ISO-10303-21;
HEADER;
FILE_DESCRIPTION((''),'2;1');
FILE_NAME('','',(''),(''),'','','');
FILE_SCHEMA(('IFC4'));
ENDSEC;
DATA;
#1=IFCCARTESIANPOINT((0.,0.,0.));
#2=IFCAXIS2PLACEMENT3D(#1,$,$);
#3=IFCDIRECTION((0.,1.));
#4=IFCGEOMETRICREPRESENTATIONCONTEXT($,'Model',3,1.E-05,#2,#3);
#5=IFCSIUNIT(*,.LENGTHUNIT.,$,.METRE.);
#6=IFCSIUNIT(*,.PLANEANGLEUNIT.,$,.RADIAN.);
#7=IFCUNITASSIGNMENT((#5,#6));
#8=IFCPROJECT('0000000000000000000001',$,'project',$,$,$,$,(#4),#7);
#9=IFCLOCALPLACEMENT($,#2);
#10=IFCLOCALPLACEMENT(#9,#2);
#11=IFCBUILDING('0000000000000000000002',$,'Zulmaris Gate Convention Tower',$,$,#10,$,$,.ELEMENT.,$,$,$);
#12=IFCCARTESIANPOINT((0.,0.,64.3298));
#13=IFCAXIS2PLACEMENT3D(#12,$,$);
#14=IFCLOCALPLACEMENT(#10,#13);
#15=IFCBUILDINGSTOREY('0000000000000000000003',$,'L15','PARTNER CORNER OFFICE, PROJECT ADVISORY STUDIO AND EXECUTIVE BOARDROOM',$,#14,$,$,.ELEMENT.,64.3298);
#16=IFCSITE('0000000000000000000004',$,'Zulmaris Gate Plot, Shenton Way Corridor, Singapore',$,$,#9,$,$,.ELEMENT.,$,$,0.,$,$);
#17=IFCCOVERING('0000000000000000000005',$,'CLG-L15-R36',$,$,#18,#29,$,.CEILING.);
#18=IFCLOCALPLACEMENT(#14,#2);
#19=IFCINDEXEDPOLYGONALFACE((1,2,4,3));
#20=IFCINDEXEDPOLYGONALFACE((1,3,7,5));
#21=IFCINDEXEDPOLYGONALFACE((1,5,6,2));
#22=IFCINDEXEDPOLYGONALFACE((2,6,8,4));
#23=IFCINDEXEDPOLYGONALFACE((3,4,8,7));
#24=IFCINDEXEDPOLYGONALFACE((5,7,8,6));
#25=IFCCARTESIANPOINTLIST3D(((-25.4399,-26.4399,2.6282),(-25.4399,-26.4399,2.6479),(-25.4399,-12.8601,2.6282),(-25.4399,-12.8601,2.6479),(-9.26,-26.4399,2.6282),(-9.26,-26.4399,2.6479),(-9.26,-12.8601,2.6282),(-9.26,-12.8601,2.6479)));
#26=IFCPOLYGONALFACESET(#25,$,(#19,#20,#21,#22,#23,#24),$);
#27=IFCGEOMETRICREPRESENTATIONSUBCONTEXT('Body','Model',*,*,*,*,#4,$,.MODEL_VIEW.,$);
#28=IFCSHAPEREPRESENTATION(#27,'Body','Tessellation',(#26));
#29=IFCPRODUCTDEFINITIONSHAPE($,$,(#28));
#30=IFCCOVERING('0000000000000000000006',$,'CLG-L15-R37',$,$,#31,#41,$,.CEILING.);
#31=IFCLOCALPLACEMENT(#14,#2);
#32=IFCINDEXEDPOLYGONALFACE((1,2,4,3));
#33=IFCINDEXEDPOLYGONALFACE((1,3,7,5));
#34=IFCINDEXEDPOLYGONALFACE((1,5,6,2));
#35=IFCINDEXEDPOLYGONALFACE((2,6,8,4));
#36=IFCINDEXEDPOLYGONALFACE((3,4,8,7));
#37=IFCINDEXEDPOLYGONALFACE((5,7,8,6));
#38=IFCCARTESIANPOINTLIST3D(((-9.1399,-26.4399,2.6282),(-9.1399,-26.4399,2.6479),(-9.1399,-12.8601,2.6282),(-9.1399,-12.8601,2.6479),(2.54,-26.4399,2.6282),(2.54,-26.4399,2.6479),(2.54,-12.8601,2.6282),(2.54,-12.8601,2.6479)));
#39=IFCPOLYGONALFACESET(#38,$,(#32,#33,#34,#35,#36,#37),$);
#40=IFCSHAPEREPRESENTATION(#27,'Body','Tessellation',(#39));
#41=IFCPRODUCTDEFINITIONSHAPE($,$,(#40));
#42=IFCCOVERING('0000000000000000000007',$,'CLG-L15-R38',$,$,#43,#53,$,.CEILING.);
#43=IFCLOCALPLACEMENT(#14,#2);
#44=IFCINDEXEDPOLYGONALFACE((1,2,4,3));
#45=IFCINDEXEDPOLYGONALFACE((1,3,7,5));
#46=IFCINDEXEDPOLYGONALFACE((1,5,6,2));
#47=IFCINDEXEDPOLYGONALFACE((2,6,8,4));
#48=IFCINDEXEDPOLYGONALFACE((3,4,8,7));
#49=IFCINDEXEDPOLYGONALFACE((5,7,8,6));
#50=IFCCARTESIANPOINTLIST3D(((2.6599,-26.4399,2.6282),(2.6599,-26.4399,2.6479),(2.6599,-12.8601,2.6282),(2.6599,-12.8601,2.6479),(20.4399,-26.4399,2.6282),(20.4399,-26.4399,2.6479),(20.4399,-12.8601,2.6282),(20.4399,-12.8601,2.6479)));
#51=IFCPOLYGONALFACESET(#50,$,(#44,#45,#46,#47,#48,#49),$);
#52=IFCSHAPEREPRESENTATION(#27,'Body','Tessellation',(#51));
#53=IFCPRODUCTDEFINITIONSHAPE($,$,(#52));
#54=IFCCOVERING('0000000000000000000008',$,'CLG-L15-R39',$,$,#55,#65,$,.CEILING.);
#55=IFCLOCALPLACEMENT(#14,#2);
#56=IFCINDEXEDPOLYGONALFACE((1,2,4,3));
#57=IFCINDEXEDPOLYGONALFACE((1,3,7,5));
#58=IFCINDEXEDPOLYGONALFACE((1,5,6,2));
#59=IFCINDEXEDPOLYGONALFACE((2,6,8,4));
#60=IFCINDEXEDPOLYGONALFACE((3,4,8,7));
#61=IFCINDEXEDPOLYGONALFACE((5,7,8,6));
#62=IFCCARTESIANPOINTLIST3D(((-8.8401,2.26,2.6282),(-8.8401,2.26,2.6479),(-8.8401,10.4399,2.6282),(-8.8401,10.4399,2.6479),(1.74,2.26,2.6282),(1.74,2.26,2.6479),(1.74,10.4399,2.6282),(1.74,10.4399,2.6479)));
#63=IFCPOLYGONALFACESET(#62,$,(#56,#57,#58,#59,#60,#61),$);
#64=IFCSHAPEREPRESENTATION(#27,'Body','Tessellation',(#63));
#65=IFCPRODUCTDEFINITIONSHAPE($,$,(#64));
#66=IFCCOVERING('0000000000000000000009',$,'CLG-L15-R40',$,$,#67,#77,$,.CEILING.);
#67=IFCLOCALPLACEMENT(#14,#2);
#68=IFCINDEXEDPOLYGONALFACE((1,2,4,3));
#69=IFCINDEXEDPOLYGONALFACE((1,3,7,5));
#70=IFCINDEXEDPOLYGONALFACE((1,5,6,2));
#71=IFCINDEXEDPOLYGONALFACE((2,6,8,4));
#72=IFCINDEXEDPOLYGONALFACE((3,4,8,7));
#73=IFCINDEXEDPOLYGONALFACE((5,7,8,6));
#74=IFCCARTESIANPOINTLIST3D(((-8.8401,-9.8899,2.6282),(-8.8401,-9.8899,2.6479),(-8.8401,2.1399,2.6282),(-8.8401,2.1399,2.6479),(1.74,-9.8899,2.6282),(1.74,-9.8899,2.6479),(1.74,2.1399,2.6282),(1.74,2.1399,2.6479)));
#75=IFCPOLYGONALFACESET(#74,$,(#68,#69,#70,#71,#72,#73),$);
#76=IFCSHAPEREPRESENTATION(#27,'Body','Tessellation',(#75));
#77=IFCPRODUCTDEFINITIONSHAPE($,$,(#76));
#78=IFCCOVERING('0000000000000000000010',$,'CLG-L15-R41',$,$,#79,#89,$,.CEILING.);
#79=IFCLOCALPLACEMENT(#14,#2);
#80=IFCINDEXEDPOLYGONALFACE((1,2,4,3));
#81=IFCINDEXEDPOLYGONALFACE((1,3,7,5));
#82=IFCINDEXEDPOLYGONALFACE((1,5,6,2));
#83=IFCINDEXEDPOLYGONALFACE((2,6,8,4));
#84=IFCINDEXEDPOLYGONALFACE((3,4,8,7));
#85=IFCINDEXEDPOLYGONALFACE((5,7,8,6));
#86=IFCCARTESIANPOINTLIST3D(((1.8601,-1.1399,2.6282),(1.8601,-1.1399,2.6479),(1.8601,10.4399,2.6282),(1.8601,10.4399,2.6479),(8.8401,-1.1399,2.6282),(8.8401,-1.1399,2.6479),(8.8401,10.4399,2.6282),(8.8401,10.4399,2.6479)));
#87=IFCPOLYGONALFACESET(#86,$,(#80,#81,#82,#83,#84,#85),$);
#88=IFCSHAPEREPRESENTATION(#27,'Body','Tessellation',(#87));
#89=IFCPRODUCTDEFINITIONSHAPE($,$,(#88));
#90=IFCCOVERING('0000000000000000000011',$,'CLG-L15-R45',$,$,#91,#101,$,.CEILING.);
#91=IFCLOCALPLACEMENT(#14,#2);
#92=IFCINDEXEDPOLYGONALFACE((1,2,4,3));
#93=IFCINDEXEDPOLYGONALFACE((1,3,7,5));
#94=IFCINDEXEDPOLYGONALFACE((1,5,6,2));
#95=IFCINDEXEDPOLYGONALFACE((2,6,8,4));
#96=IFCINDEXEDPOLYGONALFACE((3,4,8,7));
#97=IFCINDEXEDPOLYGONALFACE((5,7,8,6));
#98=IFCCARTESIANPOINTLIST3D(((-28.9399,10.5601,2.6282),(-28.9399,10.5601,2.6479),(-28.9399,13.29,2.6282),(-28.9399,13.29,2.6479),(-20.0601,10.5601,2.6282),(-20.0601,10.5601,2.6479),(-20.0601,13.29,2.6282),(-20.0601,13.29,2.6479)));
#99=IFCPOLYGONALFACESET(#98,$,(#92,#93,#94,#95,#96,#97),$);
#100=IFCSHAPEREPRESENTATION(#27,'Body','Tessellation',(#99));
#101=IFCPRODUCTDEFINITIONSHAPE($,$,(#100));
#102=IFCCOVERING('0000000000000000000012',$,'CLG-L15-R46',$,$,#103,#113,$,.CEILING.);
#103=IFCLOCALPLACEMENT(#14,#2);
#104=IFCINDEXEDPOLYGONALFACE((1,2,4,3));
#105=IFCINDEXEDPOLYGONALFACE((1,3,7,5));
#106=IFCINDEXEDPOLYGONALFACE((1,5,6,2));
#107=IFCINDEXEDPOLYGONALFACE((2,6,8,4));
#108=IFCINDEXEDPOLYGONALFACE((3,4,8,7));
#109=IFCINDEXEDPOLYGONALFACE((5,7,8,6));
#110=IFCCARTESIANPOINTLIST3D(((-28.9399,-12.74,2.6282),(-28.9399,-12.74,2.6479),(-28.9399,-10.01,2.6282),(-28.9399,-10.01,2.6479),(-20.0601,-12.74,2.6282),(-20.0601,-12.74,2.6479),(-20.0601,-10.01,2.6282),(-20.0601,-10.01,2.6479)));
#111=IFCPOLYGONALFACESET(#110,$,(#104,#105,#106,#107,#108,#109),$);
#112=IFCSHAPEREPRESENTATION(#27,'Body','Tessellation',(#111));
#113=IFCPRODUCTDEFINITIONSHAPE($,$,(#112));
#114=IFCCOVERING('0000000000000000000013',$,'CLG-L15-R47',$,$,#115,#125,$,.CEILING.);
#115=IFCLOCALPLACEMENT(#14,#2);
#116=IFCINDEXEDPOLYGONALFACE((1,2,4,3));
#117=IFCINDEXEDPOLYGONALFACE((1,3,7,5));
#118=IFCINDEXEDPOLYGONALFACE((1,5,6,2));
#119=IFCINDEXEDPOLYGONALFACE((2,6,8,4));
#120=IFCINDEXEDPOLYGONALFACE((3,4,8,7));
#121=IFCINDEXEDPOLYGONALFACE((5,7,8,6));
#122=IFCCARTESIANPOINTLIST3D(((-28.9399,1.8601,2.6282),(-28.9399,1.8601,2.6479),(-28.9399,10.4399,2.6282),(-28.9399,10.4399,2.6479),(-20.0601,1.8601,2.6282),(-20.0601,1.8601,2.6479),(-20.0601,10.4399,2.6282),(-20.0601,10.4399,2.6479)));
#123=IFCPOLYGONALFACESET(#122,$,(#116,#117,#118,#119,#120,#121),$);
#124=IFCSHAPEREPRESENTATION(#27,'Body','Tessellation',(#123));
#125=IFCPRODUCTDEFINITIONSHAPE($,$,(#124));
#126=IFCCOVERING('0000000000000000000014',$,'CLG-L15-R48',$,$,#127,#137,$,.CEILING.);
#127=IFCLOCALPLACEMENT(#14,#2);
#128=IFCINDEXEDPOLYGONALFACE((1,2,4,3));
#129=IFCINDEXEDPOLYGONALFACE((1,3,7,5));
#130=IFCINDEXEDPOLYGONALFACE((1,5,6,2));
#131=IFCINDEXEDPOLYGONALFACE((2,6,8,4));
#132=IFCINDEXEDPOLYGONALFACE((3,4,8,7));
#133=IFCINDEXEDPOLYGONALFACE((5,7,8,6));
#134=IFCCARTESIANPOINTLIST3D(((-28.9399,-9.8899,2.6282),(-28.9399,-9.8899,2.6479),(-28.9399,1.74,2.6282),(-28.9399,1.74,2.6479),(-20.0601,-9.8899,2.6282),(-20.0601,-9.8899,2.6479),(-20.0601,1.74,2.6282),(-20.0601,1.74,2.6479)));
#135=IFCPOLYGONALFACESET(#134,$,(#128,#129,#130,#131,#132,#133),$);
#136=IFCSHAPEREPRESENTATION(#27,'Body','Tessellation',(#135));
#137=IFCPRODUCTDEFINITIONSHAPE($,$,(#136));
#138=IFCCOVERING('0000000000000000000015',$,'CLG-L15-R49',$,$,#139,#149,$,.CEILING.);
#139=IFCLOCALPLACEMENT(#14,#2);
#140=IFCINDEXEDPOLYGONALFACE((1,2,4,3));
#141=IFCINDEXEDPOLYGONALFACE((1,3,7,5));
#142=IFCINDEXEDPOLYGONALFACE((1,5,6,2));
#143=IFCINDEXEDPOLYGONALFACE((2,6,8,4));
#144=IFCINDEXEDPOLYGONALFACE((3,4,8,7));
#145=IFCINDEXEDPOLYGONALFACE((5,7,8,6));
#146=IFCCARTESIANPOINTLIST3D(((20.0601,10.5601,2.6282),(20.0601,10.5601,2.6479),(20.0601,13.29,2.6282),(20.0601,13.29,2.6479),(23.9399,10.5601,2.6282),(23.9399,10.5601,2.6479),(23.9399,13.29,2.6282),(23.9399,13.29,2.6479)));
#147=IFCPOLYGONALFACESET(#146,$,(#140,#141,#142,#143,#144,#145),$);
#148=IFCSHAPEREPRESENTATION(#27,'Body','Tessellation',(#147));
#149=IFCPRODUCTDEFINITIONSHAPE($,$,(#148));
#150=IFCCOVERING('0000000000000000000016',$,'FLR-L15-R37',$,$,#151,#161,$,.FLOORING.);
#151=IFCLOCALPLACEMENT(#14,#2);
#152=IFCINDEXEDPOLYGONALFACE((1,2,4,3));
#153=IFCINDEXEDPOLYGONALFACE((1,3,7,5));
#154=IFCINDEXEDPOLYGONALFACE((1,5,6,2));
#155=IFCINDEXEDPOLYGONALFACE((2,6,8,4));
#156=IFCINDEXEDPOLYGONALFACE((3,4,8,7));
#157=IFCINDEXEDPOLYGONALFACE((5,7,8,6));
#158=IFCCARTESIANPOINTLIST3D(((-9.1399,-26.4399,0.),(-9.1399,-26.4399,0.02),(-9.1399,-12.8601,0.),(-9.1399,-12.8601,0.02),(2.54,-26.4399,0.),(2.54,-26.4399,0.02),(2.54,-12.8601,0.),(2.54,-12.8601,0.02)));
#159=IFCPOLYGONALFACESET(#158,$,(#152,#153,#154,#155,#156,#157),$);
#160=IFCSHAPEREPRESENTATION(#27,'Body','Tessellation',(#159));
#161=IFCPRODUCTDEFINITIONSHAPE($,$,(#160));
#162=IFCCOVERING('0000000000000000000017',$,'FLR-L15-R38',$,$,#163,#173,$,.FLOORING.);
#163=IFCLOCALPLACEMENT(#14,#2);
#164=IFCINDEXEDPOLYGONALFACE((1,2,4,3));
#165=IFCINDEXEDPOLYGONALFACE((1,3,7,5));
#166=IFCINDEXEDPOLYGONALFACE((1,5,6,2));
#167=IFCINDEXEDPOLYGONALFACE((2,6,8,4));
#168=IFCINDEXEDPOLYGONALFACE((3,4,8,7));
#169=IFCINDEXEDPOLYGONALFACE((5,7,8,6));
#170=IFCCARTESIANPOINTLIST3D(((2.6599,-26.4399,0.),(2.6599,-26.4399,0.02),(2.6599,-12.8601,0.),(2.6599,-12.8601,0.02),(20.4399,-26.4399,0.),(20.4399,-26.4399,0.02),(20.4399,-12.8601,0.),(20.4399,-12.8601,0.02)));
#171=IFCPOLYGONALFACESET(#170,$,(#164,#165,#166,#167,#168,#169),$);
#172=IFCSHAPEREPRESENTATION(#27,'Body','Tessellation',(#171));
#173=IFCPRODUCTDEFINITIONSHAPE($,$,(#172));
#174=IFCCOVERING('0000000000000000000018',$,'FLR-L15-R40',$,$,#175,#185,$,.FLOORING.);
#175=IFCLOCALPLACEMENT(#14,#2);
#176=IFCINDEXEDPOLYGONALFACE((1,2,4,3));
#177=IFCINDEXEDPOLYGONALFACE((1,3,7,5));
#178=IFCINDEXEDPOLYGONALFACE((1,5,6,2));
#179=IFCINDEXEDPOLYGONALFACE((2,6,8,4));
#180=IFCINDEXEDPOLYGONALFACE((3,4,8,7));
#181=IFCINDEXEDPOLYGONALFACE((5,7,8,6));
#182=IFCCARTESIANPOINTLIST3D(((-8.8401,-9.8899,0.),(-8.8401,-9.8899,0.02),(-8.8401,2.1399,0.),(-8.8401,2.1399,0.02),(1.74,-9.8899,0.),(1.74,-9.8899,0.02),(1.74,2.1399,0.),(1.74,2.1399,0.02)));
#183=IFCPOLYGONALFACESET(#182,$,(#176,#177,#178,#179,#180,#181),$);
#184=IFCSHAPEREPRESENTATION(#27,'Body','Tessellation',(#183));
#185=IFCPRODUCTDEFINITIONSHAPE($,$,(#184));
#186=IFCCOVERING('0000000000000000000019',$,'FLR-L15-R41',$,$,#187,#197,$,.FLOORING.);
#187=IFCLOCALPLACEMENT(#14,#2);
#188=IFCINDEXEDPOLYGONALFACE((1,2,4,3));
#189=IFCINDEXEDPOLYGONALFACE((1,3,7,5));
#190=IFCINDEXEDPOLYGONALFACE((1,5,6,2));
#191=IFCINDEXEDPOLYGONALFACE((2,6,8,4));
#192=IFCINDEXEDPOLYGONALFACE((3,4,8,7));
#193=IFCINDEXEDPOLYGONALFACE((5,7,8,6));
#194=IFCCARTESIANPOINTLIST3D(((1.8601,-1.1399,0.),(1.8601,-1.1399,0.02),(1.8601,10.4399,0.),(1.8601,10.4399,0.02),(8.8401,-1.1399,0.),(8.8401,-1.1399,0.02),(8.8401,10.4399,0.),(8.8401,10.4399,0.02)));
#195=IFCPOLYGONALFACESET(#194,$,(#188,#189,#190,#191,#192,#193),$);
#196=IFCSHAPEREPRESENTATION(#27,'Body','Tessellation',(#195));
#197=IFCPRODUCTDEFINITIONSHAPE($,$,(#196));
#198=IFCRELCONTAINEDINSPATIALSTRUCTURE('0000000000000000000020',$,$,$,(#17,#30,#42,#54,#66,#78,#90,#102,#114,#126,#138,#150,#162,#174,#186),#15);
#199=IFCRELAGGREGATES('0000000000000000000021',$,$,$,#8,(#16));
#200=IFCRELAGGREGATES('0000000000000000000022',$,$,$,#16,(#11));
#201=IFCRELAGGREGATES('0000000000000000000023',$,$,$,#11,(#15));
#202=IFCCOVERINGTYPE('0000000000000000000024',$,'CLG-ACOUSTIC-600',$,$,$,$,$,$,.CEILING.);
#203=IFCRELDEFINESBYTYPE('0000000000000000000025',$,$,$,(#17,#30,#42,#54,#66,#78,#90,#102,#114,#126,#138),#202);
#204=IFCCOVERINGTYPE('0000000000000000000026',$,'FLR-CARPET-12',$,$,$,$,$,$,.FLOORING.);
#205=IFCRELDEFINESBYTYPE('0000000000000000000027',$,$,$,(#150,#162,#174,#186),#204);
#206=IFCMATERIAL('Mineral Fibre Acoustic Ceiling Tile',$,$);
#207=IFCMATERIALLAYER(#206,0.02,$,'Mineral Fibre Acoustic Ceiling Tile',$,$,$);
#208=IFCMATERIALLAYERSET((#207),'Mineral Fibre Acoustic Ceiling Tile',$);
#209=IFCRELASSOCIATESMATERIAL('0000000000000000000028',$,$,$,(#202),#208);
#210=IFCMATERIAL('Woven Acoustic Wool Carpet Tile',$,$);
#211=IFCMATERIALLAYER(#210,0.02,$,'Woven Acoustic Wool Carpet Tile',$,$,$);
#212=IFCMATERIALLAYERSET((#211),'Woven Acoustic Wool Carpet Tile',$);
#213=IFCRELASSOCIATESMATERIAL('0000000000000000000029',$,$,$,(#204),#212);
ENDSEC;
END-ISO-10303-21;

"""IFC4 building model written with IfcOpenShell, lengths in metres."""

from ifc_helpers import new_model, si_unit, direction, frame, origin, place, context, subcontext, project, spatial, polyline, outline, extrude, material, layer, layer_set, type_object, element, save


model = new_model("IFC4")

# Units and contexts
model_context = context("Model", 3, precision=1e-05, world=origin(), true_north=direction((0.0, 1.0)))
body_context = subcontext(model_context, "Body", "Model", "MODEL_VIEW")
ifc_project = project(units=[si_unit("LENGTHUNIT", "METRE"), si_unit("PLANEANGLEUNIT", "RADIAN")], contexts=[model_context])

# Site, building, storey
site_placement = place(None, origin())
site = spatial("IfcSite", under=ifc_project, at=site_placement, Name="Zulmaris Gate Plot, Shenton Way Corridor, Singapore", CompositionType="ELEMENT", RefElevation=0.0)
building_placement = place(site_placement, origin())
building = spatial("IfcBuilding", under=site, at=building_placement, Name="Zulmaris Gate Convention Tower", CompositionType="ELEMENT")
storey_placement = place(building_placement, frame((0.0, 0.0, 64.3298)))
storey = spatial("IfcBuildingStorey", under=building, at=storey_placement, Name="L15", Description="PARTNER CORNER OFFICE, PROJECT ADVISORY STUDIO AND EXECUTIVE BOARDROOM", CompositionType="ELEMENT", Elevation=64.3298)

# Coverings
ifc_material_1 = material(Name="Mineral Fibre Acoustic Ceiling Tile")
ifc_layer_1 = layer(ifc_material_1, 0.02, Name="Mineral Fibre Acoustic Ceiling Tile")
ifc_layer_set_1 = layer_set([ifc_layer_1], Name="Mineral Fibre Acoustic Ceiling Tile")
covering_type_1 = type_object("IfcCoveringType", Name="CLG-ACOUSTIC-600", PredefinedType="CEILING", material=ifc_layer_set_1)
covering_1_placement = place(storey_placement, frame((0.0, 0.0, 2.6282)))
element("IfcCovering", 1, at=covering_1_placement, inside=storey, type_object=covering_type_1, Name="CLG-L15-R36", PredefinedType="CEILING", context=body_context, shape_type="SweptSolid", body=[
    extrude(outline(polyline([(-25.4399, -26.4399), (-9.26, -26.4399), (-9.26, -12.8601), (-25.4399, -12.8601), (-25.4399, -26.4399)])), origin(), (0.0, 0.0, 1.0), 0.0198),
])
covering_2_placement = place(storey_placement, frame((0.0, 0.0, 2.6282)))
element("IfcCovering", 2, at=covering_2_placement, inside=storey, type_object=covering_type_1, Name="CLG-L15-R37", PredefinedType="CEILING", context=body_context, shape_type="SweptSolid", body=[
    extrude(outline(polyline([(-9.1399, -26.4399), (2.54, -26.4399), (2.54, -12.8601), (-9.1399, -12.8601), (-9.1399, -26.4399)])), origin(), (0.0, 0.0, 1.0), 0.0198),
])
covering_3_placement = place(storey_placement, frame((0.0, 0.0, 2.6282)))
element("IfcCovering", 3, at=covering_3_placement, inside=storey, type_object=covering_type_1, Name="CLG-L15-R38", PredefinedType="CEILING", context=body_context, shape_type="SweptSolid", body=[
    extrude(outline(polyline([(2.6599, -26.4399), (20.4399, -26.4399), (20.4399, -12.8601), (2.6599, -12.8601), (2.6599, -26.4399)])), origin(), (0.0, 0.0, 1.0), 0.0198),
])
covering_4_placement = place(storey_placement, frame((0.0, 0.0, 2.6282)))
element("IfcCovering", 4, at=covering_4_placement, inside=storey, type_object=covering_type_1, Name="CLG-L15-R39", PredefinedType="CEILING", context=body_context, shape_type="SweptSolid", body=[
    extrude(outline(polyline([(-8.8401, 2.26), (1.74, 2.26), (1.74, 10.4399), (-8.8401, 10.4399), (-8.8401, 2.26)])), origin(), (0.0, 0.0, 1.0), 0.0198),
])
covering_5_placement = place(storey_placement, frame((0.0, 0.0, 2.6282)))
element("IfcCovering", 5, at=covering_5_placement, inside=storey, type_object=covering_type_1, Name="CLG-L15-R40", PredefinedType="CEILING", context=body_context, shape_type="SweptSolid", body=[
    extrude(outline(polyline([(-8.8401, -9.8899), (1.74, -9.8899), (1.74, 2.1399), (-8.8401, 2.1399), (-8.8401, -9.8899)])), origin(), (0.0, 0.0, 1.0), 0.0198),
])
covering_6_placement = place(storey_placement, frame((0.0, 0.0, 2.6282)))
element("IfcCovering", 6, at=covering_6_placement, inside=storey, type_object=covering_type_1, Name="CLG-L15-R41", PredefinedType="CEILING", context=body_context, shape_type="SweptSolid", body=[
    extrude(outline(polyline([(1.8601, -1.1399), (8.8401, -1.1399), (8.8401, 10.4399), (1.8601, 10.4399), (1.8601, -1.1399)])), origin(), (0.0, 0.0, 1.0), 0.0198),
])
covering_7_placement = place(storey_placement, frame((0.0, 0.0, 2.6282)))
element("IfcCovering", 7, at=covering_7_placement, inside=storey, type_object=covering_type_1, Name="CLG-L15-R45", PredefinedType="CEILING", context=body_context, shape_type="SweptSolid", body=[
    extrude(outline(polyline([(-28.9399, 10.5601), (-20.0601, 10.5601), (-20.0601, 13.29), (-28.9399, 13.29), (-28.9399, 10.5601)])), origin(), (0.0, 0.0, 1.0), 0.0198),
])
covering_8_placement = place(storey_placement, frame((0.0, 0.0, 2.6282)))
element("IfcCovering", 8, at=covering_8_placement, inside=storey, type_object=covering_type_1, Name="CLG-L15-R46", PredefinedType="CEILING", context=body_context, shape_type="SweptSolid", body=[
    extrude(outline(polyline([(-28.9399, -12.74), (-20.0601, -12.74), (-20.0601, -10.01), (-28.9399, -10.01), (-28.9399, -12.74)])), origin(), (0.0, 0.0, 1.0), 0.0198),
])
covering_9_placement = place(storey_placement, frame((0.0, 0.0, 2.6282)))
element("IfcCovering", 9, at=covering_9_placement, inside=storey, type_object=covering_type_1, Name="CLG-L15-R47", PredefinedType="CEILING", context=body_context, shape_type="SweptSolid", body=[
    extrude(outline(polyline([(-28.9399, 1.8601), (-20.0601, 1.8601), (-20.0601, 10.4399), (-28.9399, 10.4399), (-28.9399, 1.8601)])), origin(), (0.0, 0.0, 1.0), 0.0198),
])
covering_10_placement = place(storey_placement, frame((0.0, 0.0, 2.6282)))
element("IfcCovering", 10, at=covering_10_placement, inside=storey, type_object=covering_type_1, Name="CLG-L15-R48", PredefinedType="CEILING", context=body_context, shape_type="SweptSolid", body=[
    extrude(outline(polyline([(-28.9399, -9.8899), (-20.0601, -9.8899), (-20.0601, 1.74), (-28.9399, 1.74), (-28.9399, -9.8899)])), origin(), (0.0, 0.0, 1.0), 0.0198),
])
covering_11_placement = place(storey_placement, frame((0.0, 0.0, 2.6282)))
element("IfcCovering", 11, at=covering_11_placement, inside=storey, type_object=covering_type_1, Name="CLG-L15-R49", PredefinedType="CEILING", context=body_context, shape_type="SweptSolid", body=[
    extrude(outline(polyline([(20.0601, 10.5601), (23.9399, 10.5601), (23.9399, 13.29), (20.0601, 13.29), (20.0601, 10.5601)])), origin(), (0.0, 0.0, 1.0), 0.0198),
])
ifc_material_2 = material(Name="Woven Acoustic Wool Carpet Tile")
ifc_layer_2 = layer(ifc_material_2, 0.02, Name="Woven Acoustic Wool Carpet Tile")
ifc_layer_set_2 = layer_set([ifc_layer_2], Name="Woven Acoustic Wool Carpet Tile")
covering_type_2 = type_object("IfcCoveringType", Name="FLR-CARPET-12", PredefinedType="FLOORING", material=ifc_layer_set_2)
covering_12_placement = place(storey_placement, origin())
element("IfcCovering", 12, at=covering_12_placement, inside=storey, type_object=covering_type_2, Name="FLR-L15-R37", PredefinedType="FLOORING", context=body_context, shape_type="SweptSolid", body=[
    extrude(outline(polyline([(-9.1399, -26.4399), (2.54, -26.4399), (2.54, -12.8601), (-9.1399, -12.8601), (-9.1399, -26.4399)])), origin(), (0.0, 0.0, 1.0), 0.02),
])
covering_13_placement = place(storey_placement, origin())
element("IfcCovering", 13, at=covering_13_placement, inside=storey, type_object=covering_type_2, Name="FLR-L15-R38", PredefinedType="FLOORING", context=body_context, shape_type="SweptSolid", body=[
    extrude(outline(polyline([(2.6599, -26.4399), (20.4399, -26.4399), (20.4399, -12.8601), (2.6599, -12.8601), (2.6599, -26.4399)])), origin(), (0.0, 0.0, 1.0), 0.02),
])
covering_14_placement = place(storey_placement, origin())
element("IfcCovering", 14, at=covering_14_placement, inside=storey, type_object=covering_type_2, Name="FLR-L15-R40", PredefinedType="FLOORING", context=body_context, shape_type="SweptSolid", body=[
    extrude(outline(polyline([(-8.8401, -9.8899), (1.74, -9.8899), (1.74, 2.1399), (-8.8401, 2.1399), (-8.8401, -9.8899)])), origin(), (0.0, 0.0, 1.0), 0.02),
])
covering_15_placement = place(storey_placement, origin())
element("IfcCovering", 15, at=covering_15_placement, inside=storey, type_object=covering_type_2, Name="FLR-L15-R41", PredefinedType="FLOORING", context=body_context, shape_type="SweptSolid", body=[
    extrude(outline(polyline([(1.8601, -1.1399), (8.8401, -1.1399), (8.8401, 10.4399), (1.8601, 10.4399), (1.8601, -1.1399)])), origin(), (0.0, 0.0, 1.0), 0.02),
])

save(model, "model.ifc")
